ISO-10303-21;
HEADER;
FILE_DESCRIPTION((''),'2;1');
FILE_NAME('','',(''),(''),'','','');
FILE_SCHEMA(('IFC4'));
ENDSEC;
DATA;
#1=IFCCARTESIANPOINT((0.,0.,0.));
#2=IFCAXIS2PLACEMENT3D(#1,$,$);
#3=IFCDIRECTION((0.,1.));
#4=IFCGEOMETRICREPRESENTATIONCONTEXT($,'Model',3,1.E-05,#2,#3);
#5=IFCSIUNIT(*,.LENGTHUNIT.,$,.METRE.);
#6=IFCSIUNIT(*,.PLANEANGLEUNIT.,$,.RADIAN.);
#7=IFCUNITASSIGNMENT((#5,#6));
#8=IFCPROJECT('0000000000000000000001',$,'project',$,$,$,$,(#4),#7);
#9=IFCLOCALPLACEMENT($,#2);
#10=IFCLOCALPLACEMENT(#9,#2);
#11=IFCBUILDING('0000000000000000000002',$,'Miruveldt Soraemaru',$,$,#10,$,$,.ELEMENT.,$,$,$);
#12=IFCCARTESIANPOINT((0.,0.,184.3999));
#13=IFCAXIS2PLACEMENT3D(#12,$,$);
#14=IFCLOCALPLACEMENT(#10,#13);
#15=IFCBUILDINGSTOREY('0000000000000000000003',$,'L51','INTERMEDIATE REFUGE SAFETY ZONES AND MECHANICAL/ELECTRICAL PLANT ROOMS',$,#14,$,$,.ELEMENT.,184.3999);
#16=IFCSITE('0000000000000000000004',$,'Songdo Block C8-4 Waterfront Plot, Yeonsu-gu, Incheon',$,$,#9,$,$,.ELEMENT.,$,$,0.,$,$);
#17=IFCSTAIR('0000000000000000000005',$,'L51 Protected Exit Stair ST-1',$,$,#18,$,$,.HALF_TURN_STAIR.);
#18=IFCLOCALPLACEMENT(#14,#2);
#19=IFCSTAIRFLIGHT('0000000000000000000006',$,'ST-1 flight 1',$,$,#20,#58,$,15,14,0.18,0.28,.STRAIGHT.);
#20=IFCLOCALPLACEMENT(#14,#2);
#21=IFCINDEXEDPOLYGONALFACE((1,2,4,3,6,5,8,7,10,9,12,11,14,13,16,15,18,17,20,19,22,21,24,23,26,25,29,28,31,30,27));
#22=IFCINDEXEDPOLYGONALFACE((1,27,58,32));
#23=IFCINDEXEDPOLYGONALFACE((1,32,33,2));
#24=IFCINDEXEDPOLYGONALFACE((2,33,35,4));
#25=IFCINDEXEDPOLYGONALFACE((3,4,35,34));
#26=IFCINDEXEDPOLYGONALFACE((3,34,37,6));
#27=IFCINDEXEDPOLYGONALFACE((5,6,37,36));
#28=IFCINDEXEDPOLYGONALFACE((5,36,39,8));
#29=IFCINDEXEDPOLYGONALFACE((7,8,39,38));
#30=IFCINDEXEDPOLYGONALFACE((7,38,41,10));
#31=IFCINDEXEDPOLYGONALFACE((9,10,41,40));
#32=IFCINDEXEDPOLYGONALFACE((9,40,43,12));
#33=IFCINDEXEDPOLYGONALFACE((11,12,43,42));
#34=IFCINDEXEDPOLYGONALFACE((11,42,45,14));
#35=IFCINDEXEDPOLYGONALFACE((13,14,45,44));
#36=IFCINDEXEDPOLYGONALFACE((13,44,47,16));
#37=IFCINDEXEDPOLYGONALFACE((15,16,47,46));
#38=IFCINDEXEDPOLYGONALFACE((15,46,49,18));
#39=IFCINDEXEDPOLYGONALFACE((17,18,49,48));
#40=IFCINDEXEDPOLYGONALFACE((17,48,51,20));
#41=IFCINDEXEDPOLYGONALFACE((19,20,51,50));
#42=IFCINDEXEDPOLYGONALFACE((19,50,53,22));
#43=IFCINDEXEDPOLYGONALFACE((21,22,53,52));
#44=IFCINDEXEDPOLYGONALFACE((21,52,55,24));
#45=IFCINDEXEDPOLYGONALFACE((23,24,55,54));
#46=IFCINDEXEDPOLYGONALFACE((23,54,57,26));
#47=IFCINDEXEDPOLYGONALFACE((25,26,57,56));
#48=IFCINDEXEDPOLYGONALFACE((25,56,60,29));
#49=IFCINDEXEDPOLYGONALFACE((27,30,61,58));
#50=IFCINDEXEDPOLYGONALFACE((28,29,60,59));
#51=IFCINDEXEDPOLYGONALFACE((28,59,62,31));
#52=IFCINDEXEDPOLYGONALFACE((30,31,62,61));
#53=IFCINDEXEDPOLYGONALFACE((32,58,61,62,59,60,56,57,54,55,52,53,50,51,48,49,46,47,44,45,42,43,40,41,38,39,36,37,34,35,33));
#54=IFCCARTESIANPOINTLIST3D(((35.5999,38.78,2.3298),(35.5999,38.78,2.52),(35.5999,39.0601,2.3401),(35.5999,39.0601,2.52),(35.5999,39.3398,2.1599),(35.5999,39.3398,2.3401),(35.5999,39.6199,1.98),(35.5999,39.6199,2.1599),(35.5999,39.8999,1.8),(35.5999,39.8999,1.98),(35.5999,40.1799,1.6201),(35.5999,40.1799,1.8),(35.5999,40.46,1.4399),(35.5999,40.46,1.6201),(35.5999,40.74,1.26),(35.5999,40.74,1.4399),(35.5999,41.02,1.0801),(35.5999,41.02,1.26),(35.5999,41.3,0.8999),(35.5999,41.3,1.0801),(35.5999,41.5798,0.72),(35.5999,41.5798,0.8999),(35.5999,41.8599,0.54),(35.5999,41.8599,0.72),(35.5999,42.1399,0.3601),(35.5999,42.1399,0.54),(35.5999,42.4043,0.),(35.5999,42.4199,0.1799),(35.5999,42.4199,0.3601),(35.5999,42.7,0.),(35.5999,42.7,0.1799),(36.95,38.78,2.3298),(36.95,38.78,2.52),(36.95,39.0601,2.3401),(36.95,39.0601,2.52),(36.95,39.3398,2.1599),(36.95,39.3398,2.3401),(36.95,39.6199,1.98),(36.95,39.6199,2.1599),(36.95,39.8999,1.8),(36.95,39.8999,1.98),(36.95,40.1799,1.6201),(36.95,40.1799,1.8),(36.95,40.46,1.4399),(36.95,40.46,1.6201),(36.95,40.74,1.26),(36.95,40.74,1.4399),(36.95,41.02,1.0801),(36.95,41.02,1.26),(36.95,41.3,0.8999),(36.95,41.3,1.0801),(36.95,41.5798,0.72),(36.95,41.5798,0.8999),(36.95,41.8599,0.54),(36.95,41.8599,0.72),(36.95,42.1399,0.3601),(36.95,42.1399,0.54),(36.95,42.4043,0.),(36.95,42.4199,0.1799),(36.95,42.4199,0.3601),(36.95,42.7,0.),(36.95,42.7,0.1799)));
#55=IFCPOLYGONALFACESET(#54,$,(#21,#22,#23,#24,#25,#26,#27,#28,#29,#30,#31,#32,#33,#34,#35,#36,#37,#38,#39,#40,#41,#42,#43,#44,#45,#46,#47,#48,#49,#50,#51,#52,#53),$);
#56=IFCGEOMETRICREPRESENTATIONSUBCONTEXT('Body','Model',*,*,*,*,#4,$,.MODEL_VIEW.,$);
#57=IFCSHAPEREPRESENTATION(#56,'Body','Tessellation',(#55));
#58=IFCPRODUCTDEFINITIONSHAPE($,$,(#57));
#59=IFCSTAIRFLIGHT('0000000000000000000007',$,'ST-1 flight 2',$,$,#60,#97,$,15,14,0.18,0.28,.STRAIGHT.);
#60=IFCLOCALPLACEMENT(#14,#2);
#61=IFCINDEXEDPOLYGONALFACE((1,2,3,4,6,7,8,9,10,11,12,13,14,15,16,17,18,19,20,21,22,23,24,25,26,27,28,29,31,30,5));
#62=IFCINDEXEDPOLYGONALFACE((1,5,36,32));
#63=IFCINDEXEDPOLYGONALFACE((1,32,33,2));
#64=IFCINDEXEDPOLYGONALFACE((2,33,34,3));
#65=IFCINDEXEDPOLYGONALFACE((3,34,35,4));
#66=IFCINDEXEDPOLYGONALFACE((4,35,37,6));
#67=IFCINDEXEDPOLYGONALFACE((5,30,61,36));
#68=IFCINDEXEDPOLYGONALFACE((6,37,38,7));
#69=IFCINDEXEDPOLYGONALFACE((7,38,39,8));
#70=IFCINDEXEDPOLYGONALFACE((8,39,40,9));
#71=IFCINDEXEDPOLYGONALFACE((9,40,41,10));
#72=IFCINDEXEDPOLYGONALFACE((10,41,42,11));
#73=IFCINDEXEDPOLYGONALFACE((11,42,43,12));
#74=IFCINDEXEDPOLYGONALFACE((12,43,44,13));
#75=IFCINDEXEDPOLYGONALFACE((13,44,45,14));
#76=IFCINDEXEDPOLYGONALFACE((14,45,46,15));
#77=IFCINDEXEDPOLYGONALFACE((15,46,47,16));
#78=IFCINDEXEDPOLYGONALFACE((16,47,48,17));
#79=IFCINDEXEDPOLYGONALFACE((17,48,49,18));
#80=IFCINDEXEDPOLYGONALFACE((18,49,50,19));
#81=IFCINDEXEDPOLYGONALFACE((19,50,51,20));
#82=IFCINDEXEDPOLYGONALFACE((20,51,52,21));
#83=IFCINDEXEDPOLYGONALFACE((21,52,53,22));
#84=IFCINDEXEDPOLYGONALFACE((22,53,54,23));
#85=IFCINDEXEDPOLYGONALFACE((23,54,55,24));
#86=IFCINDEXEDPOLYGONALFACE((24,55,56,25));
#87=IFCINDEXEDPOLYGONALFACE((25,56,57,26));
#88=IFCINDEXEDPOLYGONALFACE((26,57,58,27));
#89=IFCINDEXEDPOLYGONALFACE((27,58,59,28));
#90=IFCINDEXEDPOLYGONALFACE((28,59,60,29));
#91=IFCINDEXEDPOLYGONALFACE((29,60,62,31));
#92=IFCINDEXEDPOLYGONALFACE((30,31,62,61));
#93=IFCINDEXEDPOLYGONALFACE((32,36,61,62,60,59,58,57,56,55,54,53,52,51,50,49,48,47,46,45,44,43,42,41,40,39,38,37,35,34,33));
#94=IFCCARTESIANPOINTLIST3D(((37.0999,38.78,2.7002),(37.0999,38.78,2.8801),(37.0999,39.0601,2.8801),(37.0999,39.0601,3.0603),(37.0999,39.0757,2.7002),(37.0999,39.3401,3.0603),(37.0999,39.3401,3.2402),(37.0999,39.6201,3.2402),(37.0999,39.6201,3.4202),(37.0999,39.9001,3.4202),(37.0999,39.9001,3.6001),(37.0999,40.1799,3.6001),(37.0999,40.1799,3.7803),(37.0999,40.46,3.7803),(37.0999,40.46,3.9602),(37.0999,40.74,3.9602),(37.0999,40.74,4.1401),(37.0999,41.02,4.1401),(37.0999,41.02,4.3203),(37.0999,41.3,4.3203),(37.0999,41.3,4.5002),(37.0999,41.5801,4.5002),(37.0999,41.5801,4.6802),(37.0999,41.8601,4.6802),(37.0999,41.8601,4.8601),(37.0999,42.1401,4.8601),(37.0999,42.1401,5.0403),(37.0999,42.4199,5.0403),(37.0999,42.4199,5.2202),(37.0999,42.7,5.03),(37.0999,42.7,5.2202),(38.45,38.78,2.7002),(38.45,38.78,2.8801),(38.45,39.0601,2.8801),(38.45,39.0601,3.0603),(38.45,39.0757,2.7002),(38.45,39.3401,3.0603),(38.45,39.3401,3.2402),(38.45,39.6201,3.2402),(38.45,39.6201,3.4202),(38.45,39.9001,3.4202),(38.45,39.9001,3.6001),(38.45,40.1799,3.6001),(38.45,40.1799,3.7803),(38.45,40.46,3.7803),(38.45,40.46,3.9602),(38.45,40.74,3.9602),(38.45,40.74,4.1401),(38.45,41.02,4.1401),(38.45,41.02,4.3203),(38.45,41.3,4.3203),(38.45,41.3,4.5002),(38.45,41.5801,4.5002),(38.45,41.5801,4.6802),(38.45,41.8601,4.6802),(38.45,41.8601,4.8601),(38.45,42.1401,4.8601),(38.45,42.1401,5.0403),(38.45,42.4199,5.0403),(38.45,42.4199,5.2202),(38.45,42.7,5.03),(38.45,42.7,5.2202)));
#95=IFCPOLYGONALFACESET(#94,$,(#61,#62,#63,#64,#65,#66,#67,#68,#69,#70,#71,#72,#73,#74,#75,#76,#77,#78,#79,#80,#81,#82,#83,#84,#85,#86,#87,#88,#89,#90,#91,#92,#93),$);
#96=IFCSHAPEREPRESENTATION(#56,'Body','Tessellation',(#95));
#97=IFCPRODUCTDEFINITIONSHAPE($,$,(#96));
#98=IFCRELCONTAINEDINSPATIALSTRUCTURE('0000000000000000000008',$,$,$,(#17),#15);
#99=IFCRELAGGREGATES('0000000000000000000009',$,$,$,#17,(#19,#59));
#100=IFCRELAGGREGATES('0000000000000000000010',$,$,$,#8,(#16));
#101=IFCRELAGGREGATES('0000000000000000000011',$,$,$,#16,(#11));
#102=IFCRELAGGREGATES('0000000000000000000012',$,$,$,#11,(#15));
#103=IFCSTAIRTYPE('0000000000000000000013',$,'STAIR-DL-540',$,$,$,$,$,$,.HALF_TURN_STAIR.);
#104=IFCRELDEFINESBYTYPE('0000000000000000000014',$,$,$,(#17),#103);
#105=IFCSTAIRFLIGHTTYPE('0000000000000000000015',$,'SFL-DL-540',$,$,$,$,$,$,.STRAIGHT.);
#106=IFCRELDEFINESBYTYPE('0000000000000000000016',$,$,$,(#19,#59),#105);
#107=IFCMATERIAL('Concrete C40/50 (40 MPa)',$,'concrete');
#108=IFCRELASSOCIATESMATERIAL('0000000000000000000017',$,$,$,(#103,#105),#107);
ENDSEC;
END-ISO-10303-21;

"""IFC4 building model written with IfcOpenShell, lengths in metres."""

from ifc_helpers import new_model, si_unit, direction, frame, origin, place, context, subcontext, project, spatial, polyline, outline, extrude, material, type_object, element, aggregate, save


model = new_model("IFC4")

# Units and contexts
model_context = context("Model", 3, precision=1e-05, world=origin(), true_north=direction((0.0, 1.0)))
body_context = subcontext(model_context, "Body", "Model", "MODEL_VIEW")
ifc_project = project(units=[si_unit("LENGTHUNIT", "METRE"), si_unit("PLANEANGLEUNIT", "RADIAN")], contexts=[model_context])

# Site, building, storey
site_placement = place(None, origin())
site = spatial("IfcSite", under=ifc_project, at=site_placement, Name="Songdo Block C8-4 Waterfront Plot, Yeonsu-gu, Incheon", CompositionType="ELEMENT", RefElevation=0.0)
building_placement = place(site_placement, origin())
building = spatial("IfcBuilding", under=site, at=building_placement, Name="Miruveldt Soraemaru", CompositionType="ELEMENT")
storey_placement = place(building_placement, frame((0.0, 0.0, 184.3999)))
storey = spatial("IfcBuildingStorey", under=building, at=storey_placement, Name="L51", Description="INTERMEDIATE REFUGE SAFETY ZONES AND MECHANICAL/ELECTRICAL PLANT ROOMS", CompositionType="ELEMENT", Elevation=184.3999)

# Stair, stair flights
ifc_material_1 = material(Name="Concrete C40/50 (40 MPa)", Category="concrete")
stair_type = type_object("IfcStairType", Name="STAIR-DL-540", PredefinedType="HALF_TURN_STAIR", material=ifc_material_1)
stair_placement = place(storey_placement, origin())
stair = element("IfcStair", 1, at=stair_placement, inside=storey, type_object=stair_type, Name="L51 Protected Exit Stair ST-1", PredefinedType="HALF_TURN_STAIR")
stair_flight_type = type_object("IfcStairFlightType", Name="SFL-DL-540", PredefinedType="STRAIGHT", material=ifc_material_1)
stair_flight_1_placement = place(storey_placement, frame((36.2749, 42.7, 0.0), z_axis=(0.0, 0.0, 1.0), x_axis=(0.0, -1.0, 0.0)))
stair_flight_1 = element("IfcStairFlight", 2, at=stair_flight_1_placement, type_object=stair_flight_type, Name="ST-1 flight 1", NumberOfRisers=15, NumberOfTreads=14, PredefinedType="STRAIGHT", RiserHeight=0.18, TreadLength=0.28, context=body_context, shape_type="SweptSolid", body=[
    extrude(outline(polyline([(0.0, 0.0), (0.0, 0.1799), (0.28, 0.1799), (0.28, 0.3601), (0.5601, 0.3601), (0.5601, 0.54), (0.8401, 0.54), (0.8401, 0.72), (1.1201, 0.72), (1.1201, 0.8999), (1.3999, 0.8999), (1.3999, 1.0801), (1.6799, 1.0801), (1.6799, 1.26), (1.96, 1.26), (1.96, 1.4399), (2.24, 1.4399), (2.24, 1.6201), (2.52, 1.6201), (2.52, 1.8), (2.8, 1.8), (2.8, 1.98), (3.0801, 1.98), (3.0801, 2.1599), (3.3601, 2.1599), (3.3601, 2.3401), (3.6399, 2.3401), (3.6399, 2.52), (3.9199, 2.52), (3.9199, 2.7), (3.9199, 2.3298), (0.2957, 0.0), (0.0, 0.0)])), frame((0.0, 0.675, 0.0), z_axis=(0.0, -1.0, 0.0), x_axis=(1.0, 0.0, 0.0)), (0.0, 0.0, 1.0), 1.3501),
])
stair_flight_2_placement = place(storey_placement, frame((37.7749, 38.78, 2.7002), z_axis=(0.0, 0.0, 1.0), x_axis=(0.0, 1.0, 0.0)))
stair_flight_2 = element("IfcStairFlight", 3, at=stair_flight_2_placement, type_object=stair_flight_type, Name="ST-1 flight 2", NumberOfRisers=15, NumberOfTreads=14, PredefinedType="STRAIGHT", RiserHeight=0.18, TreadLength=0.28, context=body_context, shape_type="SweptSolid", body=[
    extrude(outline(polyline([(0.0, 0.0), (0.0, 0.1799), (0.28, 0.1799), (0.28, 0.3601), (0.5601, 0.3601), (0.5601, 0.54), (0.8401, 0.54), (0.8401, 0.72), (1.1201, 0.72), (1.1201, 0.8999), (1.3999, 0.8999), (1.3999, 1.0801), (1.6799, 1.0801), (1.6799, 1.26), (1.96, 1.26), (1.96, 1.4399), (2.24, 1.4399), (2.24, 1.6201), (2.52, 1.6201), (2.52, 1.8), (2.8, 1.8), (2.8, 1.98), (3.0801, 1.98), (3.0801, 2.1599), (3.3601, 2.1599), (3.3601, 2.3401), (3.6399, 2.3401), (3.6399, 2.52), (3.9199, 2.52), (3.9199, 2.7), (3.9199, 2.3298), (0.2957, 0.0), (0.0, 0.0)])), frame((0.0, 0.675, 0.0), z_axis=(0.0, -1.0, 0.0), x_axis=(1.0, 0.0, 0.0)), (0.0, 0.0, 1.0), 1.3501),
])
aggregate(stair, [stair_flight_1, stair_flight_2])

save(model, "model.ifc")
